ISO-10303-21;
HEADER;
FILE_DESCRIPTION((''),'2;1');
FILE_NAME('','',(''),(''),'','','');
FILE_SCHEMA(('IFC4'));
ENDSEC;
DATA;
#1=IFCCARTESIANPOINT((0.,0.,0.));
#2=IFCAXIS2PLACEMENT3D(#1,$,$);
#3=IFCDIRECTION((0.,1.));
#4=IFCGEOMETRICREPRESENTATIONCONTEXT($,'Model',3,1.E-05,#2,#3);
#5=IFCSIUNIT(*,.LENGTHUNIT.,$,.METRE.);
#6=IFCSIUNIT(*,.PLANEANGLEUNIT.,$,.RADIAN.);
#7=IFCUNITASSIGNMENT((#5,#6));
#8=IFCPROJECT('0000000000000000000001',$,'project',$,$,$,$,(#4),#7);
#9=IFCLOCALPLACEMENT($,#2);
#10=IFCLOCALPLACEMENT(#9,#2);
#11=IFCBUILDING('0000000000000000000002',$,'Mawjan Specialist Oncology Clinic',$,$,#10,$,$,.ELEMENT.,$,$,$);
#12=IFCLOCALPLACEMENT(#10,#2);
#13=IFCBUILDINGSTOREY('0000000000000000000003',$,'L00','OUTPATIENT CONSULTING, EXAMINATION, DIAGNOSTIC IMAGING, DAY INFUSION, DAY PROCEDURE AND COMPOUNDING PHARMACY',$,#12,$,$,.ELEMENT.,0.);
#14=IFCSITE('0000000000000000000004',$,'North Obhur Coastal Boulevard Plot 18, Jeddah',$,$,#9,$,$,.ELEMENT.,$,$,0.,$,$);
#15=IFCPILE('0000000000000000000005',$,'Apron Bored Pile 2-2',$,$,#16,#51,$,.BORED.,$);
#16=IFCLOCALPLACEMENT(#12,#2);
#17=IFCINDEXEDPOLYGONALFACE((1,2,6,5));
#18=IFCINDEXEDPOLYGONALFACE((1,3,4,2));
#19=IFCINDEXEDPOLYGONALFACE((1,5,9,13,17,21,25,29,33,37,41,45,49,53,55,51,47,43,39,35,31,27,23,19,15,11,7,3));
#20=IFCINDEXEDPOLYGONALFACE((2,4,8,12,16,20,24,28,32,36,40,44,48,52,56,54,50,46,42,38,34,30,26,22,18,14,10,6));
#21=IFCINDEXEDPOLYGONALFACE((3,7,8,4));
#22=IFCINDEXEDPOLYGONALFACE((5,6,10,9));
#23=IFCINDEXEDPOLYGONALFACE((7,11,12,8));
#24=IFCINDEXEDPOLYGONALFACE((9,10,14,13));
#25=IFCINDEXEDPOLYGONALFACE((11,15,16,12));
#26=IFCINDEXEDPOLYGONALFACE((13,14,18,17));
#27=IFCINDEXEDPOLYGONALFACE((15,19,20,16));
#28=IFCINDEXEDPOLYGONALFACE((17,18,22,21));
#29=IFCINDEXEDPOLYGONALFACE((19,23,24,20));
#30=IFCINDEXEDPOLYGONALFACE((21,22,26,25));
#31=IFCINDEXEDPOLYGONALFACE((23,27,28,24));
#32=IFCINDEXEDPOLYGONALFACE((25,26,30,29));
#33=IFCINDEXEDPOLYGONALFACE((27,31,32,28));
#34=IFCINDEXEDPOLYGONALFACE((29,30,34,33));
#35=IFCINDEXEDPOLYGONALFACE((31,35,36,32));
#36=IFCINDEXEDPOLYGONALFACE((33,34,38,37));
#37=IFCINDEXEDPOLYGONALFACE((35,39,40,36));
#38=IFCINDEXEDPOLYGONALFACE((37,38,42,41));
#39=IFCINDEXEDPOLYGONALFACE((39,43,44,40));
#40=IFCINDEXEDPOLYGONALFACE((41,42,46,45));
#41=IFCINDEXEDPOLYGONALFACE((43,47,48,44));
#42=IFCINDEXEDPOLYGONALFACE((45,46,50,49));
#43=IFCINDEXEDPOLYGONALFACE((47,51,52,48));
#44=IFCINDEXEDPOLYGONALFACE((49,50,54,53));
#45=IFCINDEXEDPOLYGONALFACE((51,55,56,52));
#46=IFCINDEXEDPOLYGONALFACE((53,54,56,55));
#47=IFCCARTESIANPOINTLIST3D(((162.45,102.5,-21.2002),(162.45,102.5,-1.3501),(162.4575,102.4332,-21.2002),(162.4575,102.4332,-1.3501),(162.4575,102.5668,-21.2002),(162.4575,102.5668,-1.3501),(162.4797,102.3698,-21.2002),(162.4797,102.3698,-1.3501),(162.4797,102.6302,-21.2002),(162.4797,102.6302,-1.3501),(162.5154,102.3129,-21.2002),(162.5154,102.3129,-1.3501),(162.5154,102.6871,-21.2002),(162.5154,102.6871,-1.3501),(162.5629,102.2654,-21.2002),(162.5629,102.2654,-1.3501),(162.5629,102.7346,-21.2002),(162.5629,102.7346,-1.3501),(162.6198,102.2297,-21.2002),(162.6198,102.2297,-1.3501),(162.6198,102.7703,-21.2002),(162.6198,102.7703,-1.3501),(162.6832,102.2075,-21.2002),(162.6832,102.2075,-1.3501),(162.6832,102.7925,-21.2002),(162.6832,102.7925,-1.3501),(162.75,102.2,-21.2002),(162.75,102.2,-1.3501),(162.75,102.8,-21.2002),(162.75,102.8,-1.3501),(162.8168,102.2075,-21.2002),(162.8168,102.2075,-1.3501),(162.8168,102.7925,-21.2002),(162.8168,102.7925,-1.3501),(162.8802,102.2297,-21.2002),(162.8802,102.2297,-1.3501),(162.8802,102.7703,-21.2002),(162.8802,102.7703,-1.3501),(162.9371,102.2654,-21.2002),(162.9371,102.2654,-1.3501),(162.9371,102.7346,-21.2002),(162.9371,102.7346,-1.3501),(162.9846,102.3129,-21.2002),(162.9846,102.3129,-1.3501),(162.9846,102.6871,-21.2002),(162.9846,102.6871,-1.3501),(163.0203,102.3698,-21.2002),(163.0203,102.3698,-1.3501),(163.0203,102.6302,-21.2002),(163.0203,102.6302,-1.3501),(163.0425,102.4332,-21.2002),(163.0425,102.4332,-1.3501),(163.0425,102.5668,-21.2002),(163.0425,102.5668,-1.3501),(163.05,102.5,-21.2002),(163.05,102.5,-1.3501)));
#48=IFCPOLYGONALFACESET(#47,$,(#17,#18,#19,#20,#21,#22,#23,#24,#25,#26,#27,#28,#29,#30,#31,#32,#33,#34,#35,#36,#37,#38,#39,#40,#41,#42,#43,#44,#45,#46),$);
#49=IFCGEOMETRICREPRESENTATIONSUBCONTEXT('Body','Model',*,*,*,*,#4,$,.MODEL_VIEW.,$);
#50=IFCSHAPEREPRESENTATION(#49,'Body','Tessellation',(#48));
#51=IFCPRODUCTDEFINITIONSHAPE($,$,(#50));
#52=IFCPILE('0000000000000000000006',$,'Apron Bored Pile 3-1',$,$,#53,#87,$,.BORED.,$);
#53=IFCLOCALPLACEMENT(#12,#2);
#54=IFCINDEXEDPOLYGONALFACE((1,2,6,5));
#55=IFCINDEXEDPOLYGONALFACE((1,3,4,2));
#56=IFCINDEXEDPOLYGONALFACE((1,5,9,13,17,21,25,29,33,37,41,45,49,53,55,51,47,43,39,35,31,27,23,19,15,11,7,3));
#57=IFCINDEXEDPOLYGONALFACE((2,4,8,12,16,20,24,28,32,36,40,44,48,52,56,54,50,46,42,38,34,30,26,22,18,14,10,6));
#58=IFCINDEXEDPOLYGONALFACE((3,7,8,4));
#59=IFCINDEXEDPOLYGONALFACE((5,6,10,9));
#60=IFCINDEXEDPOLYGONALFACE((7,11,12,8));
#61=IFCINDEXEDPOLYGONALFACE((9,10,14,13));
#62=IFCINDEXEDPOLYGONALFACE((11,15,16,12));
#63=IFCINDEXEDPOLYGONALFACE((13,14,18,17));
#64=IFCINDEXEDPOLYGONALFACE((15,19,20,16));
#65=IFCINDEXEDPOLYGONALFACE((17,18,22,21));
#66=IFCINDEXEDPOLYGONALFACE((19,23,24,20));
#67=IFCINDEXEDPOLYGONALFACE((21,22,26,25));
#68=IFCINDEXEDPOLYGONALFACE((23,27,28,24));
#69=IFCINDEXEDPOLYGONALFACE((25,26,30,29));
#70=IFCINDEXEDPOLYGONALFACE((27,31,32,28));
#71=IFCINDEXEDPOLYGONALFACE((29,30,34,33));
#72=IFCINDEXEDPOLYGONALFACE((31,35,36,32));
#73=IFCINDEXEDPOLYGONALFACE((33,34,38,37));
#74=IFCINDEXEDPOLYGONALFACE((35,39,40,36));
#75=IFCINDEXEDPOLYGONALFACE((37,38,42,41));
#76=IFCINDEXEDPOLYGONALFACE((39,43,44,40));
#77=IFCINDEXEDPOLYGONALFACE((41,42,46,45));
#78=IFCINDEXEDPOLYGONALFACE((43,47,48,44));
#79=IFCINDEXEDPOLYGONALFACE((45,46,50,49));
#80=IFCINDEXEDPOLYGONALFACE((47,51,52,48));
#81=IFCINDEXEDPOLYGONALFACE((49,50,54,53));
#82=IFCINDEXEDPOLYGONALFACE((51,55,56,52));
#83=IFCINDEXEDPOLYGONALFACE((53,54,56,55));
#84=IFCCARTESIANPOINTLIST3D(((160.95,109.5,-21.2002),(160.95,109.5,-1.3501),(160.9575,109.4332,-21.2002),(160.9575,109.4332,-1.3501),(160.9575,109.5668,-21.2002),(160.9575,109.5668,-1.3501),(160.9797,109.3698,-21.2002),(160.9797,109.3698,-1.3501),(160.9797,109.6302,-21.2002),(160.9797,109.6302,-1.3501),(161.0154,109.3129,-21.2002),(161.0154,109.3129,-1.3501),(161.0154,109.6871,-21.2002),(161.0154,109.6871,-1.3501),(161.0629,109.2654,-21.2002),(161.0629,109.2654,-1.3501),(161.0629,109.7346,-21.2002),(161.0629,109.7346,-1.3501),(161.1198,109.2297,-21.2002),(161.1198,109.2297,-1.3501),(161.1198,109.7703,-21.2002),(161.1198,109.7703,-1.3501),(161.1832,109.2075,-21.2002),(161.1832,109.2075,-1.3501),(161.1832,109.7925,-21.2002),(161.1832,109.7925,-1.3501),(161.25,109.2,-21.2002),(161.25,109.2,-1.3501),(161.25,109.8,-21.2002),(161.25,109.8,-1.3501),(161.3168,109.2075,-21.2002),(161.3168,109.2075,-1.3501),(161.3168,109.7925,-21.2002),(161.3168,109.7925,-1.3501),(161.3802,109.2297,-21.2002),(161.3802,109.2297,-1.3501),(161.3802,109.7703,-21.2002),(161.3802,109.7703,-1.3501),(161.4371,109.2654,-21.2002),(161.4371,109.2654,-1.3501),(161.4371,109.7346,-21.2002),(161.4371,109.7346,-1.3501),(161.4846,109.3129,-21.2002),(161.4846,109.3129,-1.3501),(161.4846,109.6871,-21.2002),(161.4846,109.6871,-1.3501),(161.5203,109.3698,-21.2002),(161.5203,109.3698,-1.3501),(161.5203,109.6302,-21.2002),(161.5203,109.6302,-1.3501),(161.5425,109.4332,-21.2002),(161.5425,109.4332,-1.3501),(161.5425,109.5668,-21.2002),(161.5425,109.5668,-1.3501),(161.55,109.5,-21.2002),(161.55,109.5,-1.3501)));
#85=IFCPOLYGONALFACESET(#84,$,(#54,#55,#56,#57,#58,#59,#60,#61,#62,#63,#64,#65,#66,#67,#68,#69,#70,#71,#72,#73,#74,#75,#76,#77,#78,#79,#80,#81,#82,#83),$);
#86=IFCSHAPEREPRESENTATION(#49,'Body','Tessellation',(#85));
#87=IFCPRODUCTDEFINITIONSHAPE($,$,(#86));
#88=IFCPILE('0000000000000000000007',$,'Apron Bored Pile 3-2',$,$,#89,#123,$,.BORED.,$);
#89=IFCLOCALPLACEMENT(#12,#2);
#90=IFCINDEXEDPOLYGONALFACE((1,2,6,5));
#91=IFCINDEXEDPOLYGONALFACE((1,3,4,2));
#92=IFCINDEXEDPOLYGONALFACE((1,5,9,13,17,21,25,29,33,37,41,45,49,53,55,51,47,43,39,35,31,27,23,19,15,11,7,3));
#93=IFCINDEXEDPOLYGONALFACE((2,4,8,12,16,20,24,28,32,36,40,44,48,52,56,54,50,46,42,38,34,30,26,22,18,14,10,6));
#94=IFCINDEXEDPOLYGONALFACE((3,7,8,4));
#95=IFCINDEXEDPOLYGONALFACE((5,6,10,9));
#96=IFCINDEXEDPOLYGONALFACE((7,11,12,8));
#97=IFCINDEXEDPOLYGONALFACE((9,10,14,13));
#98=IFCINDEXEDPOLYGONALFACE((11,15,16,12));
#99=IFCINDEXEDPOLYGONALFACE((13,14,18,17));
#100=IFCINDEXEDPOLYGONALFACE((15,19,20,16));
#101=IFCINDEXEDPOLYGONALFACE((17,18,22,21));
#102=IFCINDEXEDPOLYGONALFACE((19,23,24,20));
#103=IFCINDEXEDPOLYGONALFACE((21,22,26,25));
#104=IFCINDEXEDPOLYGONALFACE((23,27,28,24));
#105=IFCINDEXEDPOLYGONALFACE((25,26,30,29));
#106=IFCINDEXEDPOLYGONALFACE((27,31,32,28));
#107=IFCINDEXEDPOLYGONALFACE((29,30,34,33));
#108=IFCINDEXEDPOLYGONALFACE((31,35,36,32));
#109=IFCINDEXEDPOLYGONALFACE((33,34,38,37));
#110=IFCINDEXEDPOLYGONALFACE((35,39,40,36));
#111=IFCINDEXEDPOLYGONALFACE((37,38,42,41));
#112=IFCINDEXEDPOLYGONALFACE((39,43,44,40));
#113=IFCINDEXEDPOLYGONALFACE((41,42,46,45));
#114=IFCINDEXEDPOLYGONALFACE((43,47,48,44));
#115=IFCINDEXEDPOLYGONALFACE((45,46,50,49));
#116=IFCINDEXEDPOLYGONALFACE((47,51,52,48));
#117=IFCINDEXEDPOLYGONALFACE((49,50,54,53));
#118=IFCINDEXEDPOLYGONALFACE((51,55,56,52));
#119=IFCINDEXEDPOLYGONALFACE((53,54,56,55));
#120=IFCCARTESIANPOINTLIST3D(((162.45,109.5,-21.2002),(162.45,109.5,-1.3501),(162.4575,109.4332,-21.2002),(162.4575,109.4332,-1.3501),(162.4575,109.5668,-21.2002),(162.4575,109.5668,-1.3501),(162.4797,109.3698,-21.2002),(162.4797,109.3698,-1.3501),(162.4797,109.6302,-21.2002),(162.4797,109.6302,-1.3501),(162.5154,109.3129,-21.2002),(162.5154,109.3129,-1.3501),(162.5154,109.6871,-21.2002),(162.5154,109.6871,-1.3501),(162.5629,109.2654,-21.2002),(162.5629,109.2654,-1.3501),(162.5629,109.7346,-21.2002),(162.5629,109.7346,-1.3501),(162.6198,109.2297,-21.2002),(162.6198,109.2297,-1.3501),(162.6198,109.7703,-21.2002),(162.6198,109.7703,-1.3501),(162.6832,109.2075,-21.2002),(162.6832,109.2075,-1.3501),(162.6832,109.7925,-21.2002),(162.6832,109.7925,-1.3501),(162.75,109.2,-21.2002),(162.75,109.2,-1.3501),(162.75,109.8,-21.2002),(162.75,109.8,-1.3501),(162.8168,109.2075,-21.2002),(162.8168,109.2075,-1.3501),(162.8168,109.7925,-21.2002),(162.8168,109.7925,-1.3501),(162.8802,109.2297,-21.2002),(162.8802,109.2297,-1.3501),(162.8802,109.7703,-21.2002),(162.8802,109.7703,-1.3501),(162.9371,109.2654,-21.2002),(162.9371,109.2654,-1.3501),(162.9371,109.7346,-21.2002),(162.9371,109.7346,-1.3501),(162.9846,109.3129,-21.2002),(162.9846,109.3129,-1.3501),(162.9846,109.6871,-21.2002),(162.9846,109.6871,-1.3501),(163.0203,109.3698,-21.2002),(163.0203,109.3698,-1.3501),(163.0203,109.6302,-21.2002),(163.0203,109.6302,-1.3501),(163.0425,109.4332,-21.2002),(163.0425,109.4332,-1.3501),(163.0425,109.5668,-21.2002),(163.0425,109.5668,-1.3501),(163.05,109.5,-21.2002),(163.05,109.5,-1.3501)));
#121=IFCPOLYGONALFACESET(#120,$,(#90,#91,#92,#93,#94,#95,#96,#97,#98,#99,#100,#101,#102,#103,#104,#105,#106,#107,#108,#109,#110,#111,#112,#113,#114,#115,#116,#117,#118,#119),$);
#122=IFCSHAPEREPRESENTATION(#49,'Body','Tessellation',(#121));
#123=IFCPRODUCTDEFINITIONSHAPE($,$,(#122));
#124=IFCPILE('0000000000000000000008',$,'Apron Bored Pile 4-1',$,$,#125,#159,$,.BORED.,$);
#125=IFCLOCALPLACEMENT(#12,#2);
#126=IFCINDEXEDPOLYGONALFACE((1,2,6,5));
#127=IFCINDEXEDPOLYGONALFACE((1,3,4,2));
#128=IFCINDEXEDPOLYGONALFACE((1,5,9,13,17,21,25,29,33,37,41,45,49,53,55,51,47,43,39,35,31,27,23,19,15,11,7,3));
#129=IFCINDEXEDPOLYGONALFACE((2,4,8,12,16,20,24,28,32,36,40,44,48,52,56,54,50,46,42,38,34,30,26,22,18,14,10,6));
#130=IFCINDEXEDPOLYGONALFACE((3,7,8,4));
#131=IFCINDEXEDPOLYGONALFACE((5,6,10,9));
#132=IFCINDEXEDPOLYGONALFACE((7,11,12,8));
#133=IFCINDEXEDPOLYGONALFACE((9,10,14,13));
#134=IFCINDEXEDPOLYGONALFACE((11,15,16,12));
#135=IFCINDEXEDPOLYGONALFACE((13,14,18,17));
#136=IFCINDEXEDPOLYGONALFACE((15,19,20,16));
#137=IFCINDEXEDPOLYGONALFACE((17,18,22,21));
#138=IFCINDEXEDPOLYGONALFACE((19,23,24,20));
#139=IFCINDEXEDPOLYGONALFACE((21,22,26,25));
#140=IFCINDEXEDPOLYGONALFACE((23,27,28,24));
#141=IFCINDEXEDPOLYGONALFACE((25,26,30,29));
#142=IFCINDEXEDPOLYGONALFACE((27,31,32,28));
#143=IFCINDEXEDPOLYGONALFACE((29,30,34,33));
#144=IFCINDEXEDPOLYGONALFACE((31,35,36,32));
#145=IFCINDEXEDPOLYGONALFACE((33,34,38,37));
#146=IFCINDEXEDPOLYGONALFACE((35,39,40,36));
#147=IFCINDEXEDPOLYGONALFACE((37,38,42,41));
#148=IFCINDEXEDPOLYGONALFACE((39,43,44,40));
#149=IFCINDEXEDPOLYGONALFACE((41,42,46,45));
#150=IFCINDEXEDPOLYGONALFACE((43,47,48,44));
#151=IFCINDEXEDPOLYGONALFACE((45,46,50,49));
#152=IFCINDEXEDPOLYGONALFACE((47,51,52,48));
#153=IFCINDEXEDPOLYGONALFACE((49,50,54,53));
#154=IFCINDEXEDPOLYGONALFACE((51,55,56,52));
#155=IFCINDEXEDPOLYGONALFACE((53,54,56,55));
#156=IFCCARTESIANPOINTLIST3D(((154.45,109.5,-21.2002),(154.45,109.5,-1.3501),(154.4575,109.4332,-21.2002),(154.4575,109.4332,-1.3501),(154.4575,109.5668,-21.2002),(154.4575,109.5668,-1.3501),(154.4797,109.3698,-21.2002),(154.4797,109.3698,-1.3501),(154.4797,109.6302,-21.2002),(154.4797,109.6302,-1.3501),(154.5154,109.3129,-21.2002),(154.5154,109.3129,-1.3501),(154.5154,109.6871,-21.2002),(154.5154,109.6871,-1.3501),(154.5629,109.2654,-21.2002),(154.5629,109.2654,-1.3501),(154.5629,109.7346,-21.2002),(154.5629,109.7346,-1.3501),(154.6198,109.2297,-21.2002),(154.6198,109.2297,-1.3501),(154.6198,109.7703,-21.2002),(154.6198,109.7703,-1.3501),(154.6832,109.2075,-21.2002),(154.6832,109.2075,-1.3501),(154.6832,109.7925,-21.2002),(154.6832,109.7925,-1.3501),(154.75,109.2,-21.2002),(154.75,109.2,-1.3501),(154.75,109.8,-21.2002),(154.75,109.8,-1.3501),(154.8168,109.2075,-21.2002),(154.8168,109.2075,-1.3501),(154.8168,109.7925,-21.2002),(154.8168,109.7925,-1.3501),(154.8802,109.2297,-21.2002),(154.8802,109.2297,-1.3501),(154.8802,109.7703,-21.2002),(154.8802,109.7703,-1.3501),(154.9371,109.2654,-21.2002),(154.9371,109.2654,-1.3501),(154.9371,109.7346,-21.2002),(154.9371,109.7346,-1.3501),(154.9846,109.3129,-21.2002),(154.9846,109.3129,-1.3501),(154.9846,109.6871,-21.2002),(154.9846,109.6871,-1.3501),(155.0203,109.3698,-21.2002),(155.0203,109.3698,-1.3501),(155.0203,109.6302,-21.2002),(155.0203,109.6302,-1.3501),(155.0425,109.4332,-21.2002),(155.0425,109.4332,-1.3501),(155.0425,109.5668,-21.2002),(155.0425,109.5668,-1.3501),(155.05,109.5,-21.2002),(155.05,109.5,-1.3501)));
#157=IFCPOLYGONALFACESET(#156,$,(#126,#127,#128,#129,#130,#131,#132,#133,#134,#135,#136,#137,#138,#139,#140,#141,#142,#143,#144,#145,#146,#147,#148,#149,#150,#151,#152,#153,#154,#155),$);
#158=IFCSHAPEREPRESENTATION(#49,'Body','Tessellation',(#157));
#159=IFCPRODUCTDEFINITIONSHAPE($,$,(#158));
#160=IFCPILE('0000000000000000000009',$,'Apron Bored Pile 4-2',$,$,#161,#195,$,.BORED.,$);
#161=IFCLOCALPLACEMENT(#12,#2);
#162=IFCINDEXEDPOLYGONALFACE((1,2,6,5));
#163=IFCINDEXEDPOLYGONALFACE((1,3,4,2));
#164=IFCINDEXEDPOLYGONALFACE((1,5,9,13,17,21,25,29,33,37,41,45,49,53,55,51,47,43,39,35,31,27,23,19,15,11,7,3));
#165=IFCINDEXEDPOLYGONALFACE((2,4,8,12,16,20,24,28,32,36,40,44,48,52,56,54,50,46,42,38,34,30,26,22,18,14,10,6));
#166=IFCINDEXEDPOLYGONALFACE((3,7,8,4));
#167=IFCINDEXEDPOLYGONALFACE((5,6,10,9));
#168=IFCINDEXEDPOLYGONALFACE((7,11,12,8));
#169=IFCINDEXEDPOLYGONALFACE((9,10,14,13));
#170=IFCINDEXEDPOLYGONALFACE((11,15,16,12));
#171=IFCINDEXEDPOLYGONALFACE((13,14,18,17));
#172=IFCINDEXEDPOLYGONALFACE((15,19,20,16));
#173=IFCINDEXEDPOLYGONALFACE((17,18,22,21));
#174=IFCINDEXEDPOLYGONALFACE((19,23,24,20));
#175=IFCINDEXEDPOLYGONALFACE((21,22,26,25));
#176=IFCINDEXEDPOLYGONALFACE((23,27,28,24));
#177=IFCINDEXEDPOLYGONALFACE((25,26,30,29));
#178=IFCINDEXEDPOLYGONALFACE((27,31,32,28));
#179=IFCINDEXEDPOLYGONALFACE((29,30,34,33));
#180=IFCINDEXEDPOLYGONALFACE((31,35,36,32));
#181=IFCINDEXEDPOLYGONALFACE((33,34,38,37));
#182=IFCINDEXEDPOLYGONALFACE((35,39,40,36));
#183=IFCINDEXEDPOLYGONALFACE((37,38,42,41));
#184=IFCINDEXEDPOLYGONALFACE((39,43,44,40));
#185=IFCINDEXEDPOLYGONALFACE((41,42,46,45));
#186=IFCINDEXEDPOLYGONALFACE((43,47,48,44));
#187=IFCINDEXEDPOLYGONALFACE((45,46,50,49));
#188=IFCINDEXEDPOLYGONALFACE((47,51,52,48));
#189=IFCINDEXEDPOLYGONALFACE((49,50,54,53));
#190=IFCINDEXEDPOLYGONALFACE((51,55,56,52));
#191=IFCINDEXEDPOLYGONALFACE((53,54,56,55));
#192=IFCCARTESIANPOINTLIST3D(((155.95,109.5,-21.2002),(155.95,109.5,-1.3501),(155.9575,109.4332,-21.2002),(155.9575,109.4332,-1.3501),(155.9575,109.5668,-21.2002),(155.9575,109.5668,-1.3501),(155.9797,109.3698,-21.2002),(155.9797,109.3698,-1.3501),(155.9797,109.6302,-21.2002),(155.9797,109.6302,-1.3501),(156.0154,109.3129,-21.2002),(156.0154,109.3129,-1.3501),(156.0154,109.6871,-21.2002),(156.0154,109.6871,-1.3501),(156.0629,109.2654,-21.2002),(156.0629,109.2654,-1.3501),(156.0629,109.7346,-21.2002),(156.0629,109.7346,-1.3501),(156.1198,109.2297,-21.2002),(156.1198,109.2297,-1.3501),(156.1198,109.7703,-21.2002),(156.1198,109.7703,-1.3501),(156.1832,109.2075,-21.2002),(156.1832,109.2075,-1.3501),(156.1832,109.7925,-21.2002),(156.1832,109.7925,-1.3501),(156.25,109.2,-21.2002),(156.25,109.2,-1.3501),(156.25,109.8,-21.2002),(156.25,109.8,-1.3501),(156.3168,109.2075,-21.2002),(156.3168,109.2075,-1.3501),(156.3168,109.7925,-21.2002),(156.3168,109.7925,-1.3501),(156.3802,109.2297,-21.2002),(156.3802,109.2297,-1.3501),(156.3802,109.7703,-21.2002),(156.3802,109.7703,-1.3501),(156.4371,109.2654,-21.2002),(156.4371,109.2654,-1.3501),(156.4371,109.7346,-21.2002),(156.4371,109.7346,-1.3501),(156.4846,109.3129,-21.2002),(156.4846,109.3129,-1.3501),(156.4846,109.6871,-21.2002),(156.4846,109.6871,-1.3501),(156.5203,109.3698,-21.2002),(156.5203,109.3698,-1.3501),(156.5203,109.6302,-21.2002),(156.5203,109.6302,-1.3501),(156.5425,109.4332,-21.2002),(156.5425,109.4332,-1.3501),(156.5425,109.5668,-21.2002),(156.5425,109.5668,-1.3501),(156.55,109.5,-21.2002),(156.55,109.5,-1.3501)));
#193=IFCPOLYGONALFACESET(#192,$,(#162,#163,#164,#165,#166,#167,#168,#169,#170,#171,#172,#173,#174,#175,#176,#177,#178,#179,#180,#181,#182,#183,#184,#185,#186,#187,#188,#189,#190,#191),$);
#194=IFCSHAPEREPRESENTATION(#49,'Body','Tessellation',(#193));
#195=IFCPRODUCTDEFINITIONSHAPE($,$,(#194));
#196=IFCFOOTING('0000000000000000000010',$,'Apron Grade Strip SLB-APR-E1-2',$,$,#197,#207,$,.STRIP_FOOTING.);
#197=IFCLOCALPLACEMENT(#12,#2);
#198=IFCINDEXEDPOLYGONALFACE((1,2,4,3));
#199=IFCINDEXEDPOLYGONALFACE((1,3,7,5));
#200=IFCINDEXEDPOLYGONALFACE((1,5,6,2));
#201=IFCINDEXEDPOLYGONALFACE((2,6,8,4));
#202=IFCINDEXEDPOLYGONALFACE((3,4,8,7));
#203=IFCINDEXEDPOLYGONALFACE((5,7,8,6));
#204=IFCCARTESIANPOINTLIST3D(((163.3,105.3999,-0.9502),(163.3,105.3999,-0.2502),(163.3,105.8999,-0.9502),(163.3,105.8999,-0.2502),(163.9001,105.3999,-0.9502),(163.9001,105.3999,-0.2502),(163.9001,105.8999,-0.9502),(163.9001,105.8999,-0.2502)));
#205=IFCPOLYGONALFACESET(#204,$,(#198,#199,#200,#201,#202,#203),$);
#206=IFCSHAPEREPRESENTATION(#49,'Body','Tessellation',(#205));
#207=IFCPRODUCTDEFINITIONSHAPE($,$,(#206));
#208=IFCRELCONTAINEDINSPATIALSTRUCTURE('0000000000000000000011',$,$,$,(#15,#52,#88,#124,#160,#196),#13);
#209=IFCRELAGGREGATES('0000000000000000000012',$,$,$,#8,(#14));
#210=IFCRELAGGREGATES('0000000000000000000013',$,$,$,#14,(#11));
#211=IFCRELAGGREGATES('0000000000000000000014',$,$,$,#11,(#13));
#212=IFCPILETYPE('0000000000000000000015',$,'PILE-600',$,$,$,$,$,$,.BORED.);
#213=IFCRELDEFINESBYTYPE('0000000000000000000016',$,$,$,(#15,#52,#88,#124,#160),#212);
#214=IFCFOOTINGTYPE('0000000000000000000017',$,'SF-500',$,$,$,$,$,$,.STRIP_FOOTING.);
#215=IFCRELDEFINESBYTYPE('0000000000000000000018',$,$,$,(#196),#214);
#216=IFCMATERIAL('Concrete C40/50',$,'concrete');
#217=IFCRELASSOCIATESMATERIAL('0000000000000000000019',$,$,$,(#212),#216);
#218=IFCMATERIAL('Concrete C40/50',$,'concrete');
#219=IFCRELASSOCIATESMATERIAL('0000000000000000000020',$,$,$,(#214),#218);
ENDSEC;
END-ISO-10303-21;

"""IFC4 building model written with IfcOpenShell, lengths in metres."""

from ifc_helpers import new_model, si_unit, direction, frame, origin, origin_2d, place, context, subcontext, project, spatial, rectangle, circle, extrude, material, material_profile, profile_set, type_object, element, save


model = new_model("IFC4")

# Units and contexts
model_context = context("Model", 3, precision=1e-05, world=origin(), true_north=direction((0.0, 1.0)))
body_context = subcontext(model_context, "Body", "Model", "MODEL_VIEW")
ifc_project = project(units=[si_unit("LENGTHUNIT", "METRE"), si_unit("PLANEANGLEUNIT", "RADIAN")], contexts=[model_context])

# Site, building, storey
site_placement = place(None, origin())
site = spatial("IfcSite", under=ifc_project, at=site_placement, Name="North Obhur Coastal Boulevard Plot 18, Jeddah", CompositionType="ELEMENT", RefElevation=0.0)
building_placement = place(site_placement, origin())
building = spatial("IfcBuilding", under=site, at=building_placement, Name="Mawjan Specialist Oncology Clinic", CompositionType="ELEMENT")
storey_placement = place(building_placement, origin())
storey = spatial("IfcBuildingStorey", under=building, at=storey_placement, Name="L00", Description="OUTPATIENT CONSULTING, EXAMINATION, DIAGNOSTIC IMAGING, DAY INFUSION, DAY PROCEDURE AND COMPOUNDING PHARMACY", CompositionType="ELEMENT", Elevation=0.0)

# Piles
ifc_material_1 = material(Name="Concrete C40/50", Category="concrete")
ifc_material_profile_1 = material_profile(ifc_material_1, circle(Radius=0.3, at=origin_2d()), Name="BORED PILE D600", Category="concrete")
ifc_profile_set_1 = profile_set([ifc_material_profile_1], Name="Concrete C40/50")
pile_type = type_object("IfcPileType", Name="PILE-600", PredefinedType="BORED", material=ifc_profile_set_1)
for number, where, z_axis, x_axis, name in (
    (1, (162.75, 102.5, -1.3501), (0.0, 0.0, -1.0), (1.0, 0.0, 0.0), "Apron Bored Pile 2-2"),
    (2, (161.25, 109.5, -1.3501), (0.0, 0.0, -1.0), (1.0, 0.0, 0.0), "Apron Bored Pile 3-1"),
    (3, (162.75, 109.5, -1.3501), (0.0, 0.0, -1.0), (1.0, 0.0, 0.0), "Apron Bored Pile 3-2"),
    (4, (154.75, 109.5, -1.3501), (0.0, 0.0, -1.0), (1.0, 0.0, 0.0), "Apron Bored Pile 4-1"),
    (5, (156.25, 109.5, -1.3501), (0.0, 0.0, -1.0), (1.0, 0.0, 0.0), "Apron Bored Pile 4-2"),
):
    element("IfcPile", number, at=place(storey_placement, frame(where, z_axis=z_axis, x_axis=x_axis)), inside=storey, type_object=pile_type, Name=name, PredefinedType="BORED", context=body_context, shape_type="SweptSolid", body=[
        extrude(circle(Radius=0.3, at=origin_2d()), origin(), (0.0, 0.0, 1.0), 19.8501),
    ])

# Footing
ifc_material_2 = material(Name="Concrete C40/50", Category="concrete")
footing_type_1 = type_object("IfcFootingType", Name="SF-500", PredefinedType="STRIP_FOOTING", material=ifc_material_2)
for number, where, z_axis, x_axis, name in (
    (6, (163.6001, 105.6499, -0.9502), (0.0, 0.0, 1.0), (1.0, 0.0, 0.0), "Apron Grade Strip SLB-APR-E1-2"),
):
    element("IfcFooting", number, at=place(storey_placement, frame(where, z_axis=z_axis, x_axis=x_axis)), inside=storey, type_object=footing_type_1, Name=name, PredefinedType="STRIP_FOOTING", context=body_context, shape_type="SweptSolid", body=[
        extrude(rectangle(XDim=0.6001, YDim=0.5, at=origin_2d()), origin(), (0.0, 0.0, 1.0), 0.7),
    ])

save(model, "model.ifc")
